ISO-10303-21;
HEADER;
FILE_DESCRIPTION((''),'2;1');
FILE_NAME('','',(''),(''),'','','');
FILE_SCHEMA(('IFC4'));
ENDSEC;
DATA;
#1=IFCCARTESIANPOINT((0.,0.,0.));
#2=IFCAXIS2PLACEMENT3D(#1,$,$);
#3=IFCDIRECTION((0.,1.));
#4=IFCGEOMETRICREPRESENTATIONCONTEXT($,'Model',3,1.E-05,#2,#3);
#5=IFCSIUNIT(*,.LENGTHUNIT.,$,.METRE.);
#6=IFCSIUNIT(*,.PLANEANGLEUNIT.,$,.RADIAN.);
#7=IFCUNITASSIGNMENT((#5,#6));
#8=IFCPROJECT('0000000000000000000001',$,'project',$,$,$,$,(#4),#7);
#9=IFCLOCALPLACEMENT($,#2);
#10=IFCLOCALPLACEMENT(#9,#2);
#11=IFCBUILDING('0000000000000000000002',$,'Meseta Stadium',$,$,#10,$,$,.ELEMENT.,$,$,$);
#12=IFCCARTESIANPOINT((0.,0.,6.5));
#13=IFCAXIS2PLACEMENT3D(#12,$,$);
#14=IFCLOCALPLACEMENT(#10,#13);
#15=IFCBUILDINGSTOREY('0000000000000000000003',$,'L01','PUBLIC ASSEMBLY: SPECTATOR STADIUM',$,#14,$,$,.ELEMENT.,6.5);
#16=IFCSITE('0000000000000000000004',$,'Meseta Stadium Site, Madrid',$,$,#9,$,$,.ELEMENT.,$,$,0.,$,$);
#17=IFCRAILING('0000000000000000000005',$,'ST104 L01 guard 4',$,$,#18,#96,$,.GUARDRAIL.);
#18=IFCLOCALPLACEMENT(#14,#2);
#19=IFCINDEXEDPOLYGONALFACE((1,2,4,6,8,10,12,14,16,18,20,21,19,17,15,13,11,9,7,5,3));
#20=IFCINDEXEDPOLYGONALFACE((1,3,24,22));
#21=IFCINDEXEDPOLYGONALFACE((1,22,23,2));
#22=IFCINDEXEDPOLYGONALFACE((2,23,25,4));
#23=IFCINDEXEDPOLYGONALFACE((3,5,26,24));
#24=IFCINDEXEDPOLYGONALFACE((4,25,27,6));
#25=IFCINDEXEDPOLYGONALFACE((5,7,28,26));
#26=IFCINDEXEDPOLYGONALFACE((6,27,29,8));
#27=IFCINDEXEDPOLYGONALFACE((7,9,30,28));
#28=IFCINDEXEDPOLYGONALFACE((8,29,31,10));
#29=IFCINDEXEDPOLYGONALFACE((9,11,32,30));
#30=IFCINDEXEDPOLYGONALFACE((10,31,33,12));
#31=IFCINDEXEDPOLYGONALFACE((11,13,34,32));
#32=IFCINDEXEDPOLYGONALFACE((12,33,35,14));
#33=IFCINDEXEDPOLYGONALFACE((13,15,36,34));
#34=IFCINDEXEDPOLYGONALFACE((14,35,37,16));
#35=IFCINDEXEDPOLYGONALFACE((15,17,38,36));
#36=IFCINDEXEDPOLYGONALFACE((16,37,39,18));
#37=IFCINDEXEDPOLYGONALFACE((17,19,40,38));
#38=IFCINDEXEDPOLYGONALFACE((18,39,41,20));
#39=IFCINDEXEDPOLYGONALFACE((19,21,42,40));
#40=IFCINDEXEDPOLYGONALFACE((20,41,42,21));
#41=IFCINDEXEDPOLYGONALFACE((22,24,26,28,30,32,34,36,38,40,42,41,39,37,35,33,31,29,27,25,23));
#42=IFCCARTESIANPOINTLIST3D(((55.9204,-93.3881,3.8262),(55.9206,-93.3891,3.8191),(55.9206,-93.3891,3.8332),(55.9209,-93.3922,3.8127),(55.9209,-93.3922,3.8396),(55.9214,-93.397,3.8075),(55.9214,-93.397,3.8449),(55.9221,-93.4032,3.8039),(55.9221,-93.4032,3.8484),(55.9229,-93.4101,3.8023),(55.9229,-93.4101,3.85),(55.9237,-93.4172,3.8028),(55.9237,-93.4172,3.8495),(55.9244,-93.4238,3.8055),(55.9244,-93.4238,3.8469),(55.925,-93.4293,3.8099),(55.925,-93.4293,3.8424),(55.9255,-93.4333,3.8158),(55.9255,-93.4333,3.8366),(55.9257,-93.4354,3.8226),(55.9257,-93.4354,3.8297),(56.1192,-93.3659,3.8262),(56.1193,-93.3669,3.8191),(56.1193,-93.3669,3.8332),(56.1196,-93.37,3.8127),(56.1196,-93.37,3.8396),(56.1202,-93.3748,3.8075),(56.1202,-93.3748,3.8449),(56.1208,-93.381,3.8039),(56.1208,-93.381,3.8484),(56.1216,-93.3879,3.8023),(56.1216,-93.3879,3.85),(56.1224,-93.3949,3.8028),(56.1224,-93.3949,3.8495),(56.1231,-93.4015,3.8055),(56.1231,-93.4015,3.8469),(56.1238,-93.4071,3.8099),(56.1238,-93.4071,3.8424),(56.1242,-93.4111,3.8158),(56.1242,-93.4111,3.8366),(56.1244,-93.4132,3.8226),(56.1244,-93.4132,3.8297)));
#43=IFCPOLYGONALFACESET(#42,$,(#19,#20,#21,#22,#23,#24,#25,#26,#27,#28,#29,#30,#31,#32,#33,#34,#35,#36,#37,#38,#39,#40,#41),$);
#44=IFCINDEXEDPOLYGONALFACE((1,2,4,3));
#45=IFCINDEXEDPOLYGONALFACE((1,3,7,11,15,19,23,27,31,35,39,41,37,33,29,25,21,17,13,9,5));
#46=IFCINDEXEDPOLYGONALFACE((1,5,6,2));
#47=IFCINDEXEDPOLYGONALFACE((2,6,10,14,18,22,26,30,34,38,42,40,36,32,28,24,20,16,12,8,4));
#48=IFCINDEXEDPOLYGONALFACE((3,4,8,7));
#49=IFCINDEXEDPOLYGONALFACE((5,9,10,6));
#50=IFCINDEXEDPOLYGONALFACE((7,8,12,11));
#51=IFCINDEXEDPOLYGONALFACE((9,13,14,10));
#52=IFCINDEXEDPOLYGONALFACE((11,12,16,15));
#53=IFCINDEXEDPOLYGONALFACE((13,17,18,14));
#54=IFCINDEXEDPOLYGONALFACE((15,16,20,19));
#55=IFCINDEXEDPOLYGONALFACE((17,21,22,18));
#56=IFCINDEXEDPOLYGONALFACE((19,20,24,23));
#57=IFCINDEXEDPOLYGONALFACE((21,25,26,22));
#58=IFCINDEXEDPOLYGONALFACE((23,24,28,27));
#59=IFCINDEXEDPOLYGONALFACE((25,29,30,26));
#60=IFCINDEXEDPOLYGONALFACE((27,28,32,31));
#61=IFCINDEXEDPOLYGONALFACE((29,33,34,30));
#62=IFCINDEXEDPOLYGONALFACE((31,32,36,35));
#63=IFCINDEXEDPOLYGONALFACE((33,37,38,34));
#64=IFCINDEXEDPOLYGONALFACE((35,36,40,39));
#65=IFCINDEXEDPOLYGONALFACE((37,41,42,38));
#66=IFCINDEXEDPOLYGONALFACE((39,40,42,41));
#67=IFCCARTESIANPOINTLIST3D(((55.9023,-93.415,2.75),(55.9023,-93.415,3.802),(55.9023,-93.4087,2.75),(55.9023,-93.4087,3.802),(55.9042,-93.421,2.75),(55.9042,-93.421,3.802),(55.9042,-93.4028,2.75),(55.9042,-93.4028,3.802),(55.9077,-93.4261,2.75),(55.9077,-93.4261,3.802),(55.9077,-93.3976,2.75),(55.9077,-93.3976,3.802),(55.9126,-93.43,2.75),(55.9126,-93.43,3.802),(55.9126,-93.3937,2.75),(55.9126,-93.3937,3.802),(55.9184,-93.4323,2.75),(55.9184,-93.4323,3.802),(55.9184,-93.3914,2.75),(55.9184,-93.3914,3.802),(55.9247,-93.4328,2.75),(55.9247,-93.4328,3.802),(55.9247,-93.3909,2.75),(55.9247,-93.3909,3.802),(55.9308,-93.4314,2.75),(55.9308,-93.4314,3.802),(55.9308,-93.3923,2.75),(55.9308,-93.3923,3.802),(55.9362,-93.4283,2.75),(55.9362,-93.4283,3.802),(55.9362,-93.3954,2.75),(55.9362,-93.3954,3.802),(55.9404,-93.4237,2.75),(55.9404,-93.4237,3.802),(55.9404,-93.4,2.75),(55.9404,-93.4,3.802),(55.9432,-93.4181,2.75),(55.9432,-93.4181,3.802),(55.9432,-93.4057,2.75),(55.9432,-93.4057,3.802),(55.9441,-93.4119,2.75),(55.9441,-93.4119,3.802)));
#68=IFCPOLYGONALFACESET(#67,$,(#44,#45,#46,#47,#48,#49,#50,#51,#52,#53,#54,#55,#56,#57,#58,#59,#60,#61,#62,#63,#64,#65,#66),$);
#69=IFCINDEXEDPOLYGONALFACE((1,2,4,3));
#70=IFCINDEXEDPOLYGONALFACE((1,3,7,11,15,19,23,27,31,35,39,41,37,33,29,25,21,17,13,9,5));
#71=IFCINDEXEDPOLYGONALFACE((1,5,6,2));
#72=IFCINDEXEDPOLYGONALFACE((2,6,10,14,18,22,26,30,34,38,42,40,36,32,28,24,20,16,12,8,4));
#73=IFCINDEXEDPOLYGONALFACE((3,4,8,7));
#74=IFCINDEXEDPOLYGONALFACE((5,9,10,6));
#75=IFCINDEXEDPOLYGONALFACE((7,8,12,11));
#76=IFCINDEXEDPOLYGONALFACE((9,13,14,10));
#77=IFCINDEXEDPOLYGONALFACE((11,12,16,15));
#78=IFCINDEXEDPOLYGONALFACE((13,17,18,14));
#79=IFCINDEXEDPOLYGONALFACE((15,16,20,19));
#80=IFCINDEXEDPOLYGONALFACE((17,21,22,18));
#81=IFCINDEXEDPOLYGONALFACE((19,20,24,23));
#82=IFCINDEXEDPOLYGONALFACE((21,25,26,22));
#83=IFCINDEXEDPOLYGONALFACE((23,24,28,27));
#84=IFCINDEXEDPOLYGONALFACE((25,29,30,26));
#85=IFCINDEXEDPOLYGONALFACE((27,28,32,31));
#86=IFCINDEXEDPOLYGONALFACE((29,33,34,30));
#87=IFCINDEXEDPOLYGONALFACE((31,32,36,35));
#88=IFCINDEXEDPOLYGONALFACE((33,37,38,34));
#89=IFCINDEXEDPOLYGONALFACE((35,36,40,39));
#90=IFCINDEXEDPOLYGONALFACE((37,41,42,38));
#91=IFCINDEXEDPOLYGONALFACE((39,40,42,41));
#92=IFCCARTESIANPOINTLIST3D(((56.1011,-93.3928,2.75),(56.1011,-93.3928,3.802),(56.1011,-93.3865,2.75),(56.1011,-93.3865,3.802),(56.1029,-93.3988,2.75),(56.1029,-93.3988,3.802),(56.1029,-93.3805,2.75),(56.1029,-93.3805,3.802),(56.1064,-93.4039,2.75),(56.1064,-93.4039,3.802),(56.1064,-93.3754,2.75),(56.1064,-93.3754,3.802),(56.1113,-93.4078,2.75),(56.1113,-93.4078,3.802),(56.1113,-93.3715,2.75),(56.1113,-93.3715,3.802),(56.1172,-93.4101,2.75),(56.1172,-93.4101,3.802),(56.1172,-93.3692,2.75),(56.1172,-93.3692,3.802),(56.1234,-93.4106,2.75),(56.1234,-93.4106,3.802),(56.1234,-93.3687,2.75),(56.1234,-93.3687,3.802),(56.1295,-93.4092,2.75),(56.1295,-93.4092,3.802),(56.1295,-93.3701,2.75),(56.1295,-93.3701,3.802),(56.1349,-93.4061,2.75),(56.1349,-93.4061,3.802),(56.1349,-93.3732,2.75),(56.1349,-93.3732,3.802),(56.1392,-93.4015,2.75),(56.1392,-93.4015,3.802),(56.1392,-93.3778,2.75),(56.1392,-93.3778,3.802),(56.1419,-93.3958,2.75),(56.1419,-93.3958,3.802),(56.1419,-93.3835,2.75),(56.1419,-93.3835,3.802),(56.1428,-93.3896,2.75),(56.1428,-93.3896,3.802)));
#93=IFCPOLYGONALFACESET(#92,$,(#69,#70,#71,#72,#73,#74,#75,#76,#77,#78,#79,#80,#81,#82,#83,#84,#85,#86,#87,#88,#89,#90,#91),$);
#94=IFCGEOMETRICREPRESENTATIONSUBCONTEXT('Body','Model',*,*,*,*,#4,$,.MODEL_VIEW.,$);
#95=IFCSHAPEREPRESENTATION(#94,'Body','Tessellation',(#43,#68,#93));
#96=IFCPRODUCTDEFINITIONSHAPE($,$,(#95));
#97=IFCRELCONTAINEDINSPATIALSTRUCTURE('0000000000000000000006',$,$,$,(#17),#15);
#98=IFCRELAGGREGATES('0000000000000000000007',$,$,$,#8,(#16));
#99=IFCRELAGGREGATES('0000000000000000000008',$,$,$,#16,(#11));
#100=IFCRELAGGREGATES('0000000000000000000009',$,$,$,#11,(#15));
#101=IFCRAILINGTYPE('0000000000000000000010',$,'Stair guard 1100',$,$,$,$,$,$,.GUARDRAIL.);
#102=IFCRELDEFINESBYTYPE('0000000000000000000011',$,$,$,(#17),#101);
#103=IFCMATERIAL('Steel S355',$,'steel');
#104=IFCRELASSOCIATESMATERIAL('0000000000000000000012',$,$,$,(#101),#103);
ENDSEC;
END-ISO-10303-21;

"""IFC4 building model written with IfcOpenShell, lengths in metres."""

from ifc_helpers import new_model, si_unit, direction, frame, origin, origin_2d, place, context, subcontext, project, spatial, circle, extrude, material, type_object, element, save


model = new_model("IFC4")

# Units and contexts
model_context = context("Model", 3, precision=1e-05, world=origin(), true_north=direction((0.0, 1.0)))
body_context = subcontext(model_context, "Body", "Model", "MODEL_VIEW")
ifc_project = project(units=[si_unit("LENGTHUNIT", "METRE"), si_unit("PLANEANGLEUNIT", "RADIAN")], contexts=[model_context])

# Site, building, storey
site_placement = place(None, origin())
site = spatial("IfcSite", under=ifc_project, at=site_placement, Name="Meseta Stadium Site, Madrid", CompositionType="ELEMENT", RefElevation=0.0)
building_placement = place(site_placement, origin())
building = spatial("IfcBuilding", under=site, at=building_placement, Name="Meseta Stadium", CompositionType="ELEMENT")
storey_placement = place(building_placement, frame((0.0, 0.0, 6.5)))
storey = spatial("IfcBuildingStorey", under=building, at=storey_placement, Name="L01", Description="PUBLIC ASSEMBLY: SPECTATOR STADIUM", CompositionType="ELEMENT", Elevation=6.5)

# Railing
ifc_material_1 = material(Name="Steel S355", Category="steel")
railing_type_1 = type_object("IfcRailingType", Name="Stair guard 1100", PredefinedType="GUARDRAIL", material=ifc_material_1)
railing_1_placement = place(storey_placement, frame((55.9231, -93.4119, 2.75)))
element("IfcRailing", 1, at=railing_1_placement, inside=storey, type_object=railing_type_1, Name="ST104 L01 guard 4", PredefinedType="GUARDRAIL", context=body_context, shape_type="SweptSolid", body=[
    extrude(circle(Radius=0.0239, at=origin_2d()), frame((0.0, 0.0, 1.0762), z_axis=(0.993809, 0.111102, 0.0), x_axis=(-0.111102, 0.993809, 0.0)), (0.0, 0.0, 1.0), 0.2),
    extrude(circle(Radius=0.021, at=origin_2d()), origin(), (0.0, 0.0, 1.0), 1.052),
    extrude(circle(Radius=0.021, at=origin_2d()), frame((0.1987, 0.0222, 0.0)), (0.0, 0.0, 1.0), 1.052),
])

save(model, "model.ifc")
